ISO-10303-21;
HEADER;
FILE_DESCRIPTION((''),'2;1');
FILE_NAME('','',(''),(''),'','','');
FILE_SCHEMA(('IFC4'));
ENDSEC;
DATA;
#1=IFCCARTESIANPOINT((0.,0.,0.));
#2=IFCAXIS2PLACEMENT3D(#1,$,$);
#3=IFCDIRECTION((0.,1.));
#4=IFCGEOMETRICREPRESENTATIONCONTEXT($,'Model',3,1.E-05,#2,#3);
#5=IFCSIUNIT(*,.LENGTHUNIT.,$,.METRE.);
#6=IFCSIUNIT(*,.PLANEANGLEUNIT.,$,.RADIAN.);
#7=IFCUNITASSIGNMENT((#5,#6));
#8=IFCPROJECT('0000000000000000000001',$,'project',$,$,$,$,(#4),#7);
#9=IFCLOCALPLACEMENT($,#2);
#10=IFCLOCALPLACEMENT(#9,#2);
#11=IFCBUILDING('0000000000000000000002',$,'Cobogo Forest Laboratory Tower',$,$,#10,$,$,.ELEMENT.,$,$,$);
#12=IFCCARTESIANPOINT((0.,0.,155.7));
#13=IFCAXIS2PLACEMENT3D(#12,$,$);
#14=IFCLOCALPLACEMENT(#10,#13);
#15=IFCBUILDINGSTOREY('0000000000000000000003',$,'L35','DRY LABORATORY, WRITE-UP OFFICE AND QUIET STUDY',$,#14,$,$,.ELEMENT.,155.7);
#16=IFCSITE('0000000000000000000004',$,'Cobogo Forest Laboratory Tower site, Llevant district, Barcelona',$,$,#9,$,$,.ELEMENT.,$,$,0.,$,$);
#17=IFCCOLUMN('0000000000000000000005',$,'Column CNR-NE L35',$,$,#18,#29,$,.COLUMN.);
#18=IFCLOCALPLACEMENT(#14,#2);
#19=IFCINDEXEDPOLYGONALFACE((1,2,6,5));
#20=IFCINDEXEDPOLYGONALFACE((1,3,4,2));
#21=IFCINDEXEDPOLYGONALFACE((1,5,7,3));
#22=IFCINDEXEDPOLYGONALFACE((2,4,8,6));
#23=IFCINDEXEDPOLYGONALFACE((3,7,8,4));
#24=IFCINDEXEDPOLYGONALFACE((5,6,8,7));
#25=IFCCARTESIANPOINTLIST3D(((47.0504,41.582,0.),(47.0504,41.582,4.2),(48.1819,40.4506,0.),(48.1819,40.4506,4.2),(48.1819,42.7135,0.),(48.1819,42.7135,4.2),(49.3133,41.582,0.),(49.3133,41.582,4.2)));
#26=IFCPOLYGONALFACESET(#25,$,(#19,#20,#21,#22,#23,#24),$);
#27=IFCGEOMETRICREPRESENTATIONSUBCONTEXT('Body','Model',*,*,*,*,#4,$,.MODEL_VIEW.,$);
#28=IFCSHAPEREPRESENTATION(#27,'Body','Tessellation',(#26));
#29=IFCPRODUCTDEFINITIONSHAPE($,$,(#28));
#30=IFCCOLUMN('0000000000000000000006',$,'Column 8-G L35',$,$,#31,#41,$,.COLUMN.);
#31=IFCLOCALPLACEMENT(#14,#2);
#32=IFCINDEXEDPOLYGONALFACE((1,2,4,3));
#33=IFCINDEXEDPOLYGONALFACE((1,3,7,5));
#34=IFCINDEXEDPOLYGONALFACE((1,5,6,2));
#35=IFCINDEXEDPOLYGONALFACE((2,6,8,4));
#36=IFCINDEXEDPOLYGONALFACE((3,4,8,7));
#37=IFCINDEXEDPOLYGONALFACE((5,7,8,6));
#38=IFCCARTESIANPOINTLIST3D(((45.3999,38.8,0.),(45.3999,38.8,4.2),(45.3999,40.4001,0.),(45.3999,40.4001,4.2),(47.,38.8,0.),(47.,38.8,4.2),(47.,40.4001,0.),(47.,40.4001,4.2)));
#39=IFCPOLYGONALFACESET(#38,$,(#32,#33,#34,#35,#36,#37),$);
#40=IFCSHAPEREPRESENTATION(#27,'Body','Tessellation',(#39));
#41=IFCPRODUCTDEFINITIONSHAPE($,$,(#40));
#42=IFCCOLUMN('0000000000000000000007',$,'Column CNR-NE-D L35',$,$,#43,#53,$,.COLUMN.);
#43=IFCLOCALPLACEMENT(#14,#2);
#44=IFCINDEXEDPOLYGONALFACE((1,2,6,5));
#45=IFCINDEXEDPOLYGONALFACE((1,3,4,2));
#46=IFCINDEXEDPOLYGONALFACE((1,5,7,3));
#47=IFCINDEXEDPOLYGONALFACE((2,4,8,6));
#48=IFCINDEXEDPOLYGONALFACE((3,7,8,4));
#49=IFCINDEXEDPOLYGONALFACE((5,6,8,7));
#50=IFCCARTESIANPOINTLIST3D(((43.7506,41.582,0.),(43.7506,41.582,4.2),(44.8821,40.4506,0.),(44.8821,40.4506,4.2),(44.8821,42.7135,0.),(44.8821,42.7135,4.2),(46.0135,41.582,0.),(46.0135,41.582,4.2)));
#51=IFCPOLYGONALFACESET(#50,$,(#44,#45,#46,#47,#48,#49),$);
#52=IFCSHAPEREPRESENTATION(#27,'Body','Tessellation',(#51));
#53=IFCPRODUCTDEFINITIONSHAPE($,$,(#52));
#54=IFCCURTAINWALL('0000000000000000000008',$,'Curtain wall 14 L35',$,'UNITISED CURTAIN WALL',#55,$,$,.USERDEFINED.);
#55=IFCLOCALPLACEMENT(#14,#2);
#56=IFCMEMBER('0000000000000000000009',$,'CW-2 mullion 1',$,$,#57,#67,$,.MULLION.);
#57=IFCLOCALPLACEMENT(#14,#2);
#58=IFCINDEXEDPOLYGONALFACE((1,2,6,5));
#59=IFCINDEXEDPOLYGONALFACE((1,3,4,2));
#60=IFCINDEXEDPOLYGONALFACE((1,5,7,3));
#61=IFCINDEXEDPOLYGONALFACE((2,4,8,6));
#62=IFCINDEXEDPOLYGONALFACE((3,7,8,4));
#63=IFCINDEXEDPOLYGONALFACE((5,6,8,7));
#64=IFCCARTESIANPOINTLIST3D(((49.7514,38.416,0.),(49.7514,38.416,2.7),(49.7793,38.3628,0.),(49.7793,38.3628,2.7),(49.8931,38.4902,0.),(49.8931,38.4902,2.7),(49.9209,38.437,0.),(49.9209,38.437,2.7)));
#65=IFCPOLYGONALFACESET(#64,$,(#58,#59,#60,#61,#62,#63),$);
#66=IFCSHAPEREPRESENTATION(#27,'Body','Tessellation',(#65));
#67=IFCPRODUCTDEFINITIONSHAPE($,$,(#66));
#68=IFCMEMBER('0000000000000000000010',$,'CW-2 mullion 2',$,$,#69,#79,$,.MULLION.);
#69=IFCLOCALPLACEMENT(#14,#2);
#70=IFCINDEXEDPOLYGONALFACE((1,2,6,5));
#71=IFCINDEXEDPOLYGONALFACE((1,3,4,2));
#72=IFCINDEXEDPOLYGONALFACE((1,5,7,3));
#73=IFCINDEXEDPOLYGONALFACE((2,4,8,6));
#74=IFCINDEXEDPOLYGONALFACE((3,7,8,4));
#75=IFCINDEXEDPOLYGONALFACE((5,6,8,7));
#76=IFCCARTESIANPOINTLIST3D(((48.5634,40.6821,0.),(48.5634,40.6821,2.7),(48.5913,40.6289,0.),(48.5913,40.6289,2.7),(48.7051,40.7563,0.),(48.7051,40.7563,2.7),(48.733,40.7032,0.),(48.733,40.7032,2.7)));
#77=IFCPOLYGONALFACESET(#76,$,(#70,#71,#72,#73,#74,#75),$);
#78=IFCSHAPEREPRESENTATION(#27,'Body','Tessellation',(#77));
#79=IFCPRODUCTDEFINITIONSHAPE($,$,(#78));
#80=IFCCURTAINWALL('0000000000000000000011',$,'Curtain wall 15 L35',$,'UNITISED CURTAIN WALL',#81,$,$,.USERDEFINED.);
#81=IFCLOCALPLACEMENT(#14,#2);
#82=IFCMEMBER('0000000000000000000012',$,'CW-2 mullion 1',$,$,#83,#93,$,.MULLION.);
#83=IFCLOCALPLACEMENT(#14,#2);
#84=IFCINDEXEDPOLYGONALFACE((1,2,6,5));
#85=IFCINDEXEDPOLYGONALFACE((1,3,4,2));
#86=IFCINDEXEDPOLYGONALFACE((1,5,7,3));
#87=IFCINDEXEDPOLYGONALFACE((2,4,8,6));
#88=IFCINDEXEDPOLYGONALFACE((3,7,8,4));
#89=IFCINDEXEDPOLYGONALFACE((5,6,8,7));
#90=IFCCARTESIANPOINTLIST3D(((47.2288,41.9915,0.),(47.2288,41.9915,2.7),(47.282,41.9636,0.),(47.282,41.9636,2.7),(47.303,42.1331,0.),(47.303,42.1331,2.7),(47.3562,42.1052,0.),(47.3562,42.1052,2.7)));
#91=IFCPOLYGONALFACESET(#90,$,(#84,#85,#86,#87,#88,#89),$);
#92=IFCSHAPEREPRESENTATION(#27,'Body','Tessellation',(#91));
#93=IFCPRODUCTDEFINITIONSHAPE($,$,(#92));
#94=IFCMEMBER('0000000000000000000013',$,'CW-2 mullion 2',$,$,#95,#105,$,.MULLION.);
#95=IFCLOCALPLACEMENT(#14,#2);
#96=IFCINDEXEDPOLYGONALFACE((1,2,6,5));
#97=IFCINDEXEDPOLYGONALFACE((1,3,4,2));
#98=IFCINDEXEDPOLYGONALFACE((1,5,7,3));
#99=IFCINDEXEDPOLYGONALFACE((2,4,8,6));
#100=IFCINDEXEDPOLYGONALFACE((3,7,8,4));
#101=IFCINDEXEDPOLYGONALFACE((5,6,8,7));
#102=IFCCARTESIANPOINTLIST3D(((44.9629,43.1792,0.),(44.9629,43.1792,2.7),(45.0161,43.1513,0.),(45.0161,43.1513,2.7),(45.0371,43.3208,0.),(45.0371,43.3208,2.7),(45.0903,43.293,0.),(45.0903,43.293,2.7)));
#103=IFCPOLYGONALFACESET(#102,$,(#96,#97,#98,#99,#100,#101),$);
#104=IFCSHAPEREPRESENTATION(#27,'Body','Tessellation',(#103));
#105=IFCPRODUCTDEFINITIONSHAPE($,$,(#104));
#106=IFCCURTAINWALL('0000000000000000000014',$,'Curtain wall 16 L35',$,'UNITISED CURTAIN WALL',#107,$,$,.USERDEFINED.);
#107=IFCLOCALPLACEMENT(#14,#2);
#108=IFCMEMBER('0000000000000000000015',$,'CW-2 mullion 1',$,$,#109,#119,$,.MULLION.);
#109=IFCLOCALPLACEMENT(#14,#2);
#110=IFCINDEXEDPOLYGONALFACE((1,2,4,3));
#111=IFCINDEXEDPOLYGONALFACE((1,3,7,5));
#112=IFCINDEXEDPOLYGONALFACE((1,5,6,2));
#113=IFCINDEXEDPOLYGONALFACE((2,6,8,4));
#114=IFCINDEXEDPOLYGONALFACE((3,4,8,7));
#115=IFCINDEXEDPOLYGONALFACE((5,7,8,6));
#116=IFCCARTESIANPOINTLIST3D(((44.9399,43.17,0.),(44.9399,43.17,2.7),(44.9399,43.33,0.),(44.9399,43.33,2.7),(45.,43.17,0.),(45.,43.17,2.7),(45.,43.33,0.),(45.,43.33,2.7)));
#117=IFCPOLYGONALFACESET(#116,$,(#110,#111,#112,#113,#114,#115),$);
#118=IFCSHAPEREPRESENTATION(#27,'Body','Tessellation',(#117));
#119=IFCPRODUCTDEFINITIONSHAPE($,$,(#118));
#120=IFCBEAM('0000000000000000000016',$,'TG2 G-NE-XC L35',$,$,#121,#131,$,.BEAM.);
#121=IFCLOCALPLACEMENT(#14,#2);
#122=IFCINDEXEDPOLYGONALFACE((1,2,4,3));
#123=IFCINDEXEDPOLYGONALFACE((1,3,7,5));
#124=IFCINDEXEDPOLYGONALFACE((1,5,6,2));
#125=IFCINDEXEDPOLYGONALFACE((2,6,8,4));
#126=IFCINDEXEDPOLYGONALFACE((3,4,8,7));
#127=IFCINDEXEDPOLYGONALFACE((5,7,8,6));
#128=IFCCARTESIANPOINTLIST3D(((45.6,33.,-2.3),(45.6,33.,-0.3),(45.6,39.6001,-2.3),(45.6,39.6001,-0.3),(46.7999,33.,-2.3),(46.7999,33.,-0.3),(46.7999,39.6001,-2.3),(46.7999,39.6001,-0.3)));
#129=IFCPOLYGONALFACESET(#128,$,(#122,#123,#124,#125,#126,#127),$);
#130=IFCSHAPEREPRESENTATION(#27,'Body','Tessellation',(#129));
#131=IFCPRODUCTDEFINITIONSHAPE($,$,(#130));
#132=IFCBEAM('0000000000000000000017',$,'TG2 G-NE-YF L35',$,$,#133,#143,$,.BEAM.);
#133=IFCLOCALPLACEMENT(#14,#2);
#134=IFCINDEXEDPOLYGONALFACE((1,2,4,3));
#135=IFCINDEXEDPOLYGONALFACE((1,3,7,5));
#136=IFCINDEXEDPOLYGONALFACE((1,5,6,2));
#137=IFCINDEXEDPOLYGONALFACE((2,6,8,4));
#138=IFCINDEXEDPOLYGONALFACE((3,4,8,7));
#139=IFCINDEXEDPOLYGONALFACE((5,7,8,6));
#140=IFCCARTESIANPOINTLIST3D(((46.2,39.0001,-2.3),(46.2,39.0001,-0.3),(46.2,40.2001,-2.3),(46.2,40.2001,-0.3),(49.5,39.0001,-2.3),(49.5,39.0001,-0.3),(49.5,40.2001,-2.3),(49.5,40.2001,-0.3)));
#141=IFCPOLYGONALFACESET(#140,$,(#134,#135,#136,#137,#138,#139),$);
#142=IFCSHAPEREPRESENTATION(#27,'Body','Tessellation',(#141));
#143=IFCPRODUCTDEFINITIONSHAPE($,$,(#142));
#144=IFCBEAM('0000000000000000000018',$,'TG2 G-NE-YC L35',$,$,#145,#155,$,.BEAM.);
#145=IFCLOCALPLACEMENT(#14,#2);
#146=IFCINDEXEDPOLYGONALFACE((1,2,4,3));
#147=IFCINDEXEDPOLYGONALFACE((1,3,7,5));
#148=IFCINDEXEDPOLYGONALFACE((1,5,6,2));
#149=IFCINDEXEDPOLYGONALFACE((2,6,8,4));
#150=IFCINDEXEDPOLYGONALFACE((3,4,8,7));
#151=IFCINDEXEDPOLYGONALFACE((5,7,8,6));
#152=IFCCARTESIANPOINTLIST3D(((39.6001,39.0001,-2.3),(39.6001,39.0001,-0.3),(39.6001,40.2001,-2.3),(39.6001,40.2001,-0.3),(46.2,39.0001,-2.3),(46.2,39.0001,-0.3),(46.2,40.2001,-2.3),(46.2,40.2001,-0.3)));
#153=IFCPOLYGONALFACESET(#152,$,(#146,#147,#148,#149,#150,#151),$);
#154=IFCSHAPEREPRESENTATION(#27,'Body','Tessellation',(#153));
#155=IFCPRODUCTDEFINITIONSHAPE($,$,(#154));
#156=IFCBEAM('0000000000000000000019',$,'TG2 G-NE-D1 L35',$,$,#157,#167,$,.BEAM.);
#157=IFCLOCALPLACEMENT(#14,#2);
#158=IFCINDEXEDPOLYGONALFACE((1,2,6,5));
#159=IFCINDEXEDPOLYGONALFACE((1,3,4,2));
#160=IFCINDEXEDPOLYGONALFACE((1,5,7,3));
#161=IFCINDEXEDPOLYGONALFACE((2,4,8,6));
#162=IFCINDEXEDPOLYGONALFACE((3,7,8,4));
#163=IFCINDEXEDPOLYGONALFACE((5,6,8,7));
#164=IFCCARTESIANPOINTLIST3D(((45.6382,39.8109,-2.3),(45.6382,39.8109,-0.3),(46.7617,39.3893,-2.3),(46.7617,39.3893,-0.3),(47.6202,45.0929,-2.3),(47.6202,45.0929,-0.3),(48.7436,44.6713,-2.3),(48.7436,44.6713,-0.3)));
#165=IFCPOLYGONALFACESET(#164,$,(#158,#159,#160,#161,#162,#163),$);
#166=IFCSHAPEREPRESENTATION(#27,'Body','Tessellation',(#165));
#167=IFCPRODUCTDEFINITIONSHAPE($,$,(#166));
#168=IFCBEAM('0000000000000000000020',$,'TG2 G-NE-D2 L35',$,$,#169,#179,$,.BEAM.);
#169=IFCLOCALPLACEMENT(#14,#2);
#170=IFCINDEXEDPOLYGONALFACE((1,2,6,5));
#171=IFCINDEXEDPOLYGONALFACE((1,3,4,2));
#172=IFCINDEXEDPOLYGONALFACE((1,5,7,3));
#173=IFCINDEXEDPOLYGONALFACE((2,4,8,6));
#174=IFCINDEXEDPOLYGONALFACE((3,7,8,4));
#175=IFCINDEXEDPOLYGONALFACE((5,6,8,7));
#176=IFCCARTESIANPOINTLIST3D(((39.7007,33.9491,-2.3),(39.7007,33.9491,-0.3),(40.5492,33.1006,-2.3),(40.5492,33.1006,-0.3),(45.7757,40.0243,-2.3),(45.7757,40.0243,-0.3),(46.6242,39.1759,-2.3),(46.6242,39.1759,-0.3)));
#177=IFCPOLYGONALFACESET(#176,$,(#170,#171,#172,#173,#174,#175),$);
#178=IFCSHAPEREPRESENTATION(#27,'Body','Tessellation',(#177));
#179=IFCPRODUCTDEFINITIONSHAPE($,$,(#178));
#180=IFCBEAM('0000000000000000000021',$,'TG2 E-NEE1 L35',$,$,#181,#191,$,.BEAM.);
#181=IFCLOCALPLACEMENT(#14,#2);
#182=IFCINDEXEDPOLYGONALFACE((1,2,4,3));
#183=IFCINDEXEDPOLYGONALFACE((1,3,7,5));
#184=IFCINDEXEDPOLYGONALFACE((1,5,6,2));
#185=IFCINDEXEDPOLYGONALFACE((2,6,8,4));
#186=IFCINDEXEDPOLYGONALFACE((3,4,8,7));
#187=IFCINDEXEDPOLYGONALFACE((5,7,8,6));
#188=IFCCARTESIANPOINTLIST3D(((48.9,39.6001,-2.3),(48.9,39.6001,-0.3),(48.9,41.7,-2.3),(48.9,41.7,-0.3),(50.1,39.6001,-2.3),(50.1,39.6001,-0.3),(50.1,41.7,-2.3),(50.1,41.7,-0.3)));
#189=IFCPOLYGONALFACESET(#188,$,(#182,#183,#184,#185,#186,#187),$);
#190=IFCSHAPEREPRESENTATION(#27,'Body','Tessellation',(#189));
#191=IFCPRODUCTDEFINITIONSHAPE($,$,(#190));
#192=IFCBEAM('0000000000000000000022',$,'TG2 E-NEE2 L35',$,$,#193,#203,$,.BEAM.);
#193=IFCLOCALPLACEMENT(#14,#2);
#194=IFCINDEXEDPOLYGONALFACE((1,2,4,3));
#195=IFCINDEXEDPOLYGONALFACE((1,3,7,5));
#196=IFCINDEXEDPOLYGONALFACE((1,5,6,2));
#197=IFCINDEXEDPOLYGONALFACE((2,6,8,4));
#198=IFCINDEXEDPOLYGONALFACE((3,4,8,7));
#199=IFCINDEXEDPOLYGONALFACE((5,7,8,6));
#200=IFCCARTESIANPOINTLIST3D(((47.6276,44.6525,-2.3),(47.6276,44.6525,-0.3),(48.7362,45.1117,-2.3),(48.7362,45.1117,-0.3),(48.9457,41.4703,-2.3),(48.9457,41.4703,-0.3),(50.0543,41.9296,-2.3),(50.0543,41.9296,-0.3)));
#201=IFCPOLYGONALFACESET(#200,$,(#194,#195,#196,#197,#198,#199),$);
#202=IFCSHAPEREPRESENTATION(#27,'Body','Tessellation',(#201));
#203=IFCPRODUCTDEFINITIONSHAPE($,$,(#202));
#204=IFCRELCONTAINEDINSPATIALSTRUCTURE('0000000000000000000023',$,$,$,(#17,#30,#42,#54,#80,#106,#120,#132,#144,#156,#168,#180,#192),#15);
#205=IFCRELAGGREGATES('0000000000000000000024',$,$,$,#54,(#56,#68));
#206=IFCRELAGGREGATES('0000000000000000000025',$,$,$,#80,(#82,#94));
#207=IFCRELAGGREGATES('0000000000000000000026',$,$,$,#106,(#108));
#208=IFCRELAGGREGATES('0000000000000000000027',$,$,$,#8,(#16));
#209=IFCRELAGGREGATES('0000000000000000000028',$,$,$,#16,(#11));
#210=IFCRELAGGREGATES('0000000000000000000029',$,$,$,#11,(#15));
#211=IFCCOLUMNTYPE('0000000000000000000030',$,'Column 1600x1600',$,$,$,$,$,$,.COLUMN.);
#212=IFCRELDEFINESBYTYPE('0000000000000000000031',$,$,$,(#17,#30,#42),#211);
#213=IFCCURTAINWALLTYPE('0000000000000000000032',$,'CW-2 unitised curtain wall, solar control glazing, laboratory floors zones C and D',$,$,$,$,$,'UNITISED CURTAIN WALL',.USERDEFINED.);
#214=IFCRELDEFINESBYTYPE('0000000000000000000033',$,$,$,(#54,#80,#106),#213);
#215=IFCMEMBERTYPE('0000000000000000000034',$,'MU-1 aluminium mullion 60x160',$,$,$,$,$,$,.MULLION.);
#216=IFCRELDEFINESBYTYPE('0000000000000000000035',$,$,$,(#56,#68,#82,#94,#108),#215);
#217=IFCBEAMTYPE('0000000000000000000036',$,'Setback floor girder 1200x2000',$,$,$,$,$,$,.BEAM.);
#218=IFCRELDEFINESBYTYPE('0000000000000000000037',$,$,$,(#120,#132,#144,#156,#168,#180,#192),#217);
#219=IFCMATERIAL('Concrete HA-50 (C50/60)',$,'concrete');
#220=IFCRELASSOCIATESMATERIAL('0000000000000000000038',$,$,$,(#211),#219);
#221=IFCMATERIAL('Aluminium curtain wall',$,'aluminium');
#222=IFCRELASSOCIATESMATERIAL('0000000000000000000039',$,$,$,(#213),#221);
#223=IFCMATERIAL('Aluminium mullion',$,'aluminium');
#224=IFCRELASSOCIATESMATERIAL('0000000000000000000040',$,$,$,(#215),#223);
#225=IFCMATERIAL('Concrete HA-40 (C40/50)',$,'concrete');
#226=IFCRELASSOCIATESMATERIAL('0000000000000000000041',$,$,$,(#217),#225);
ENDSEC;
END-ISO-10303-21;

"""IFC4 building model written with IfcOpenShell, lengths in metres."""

from ifc_helpers import new_model, si_unit, direction, frame, origin, origin_2d, place, context, subcontext, project, spatial, rectangle, extrude, material, material_profile, profile_set, type_object, element, aggregate, save


model = new_model("IFC4")

# Units and contexts
model_context = context("Model", 3, precision=1e-05, world=origin(), true_north=direction((0.0, 1.0)))
body_context = subcontext(model_context, "Body", "Model", "MODEL_VIEW")
ifc_project = project(units=[si_unit("LENGTHUNIT", "METRE"), si_unit("PLANEANGLEUNIT", "RADIAN")], contexts=[model_context])

# Site, building, storey
site_placement = place(None, origin())
site = spatial("IfcSite", under=ifc_project, at=site_placement, Name="Cobogo Forest Laboratory Tower site, Llevant district, Barcelona", CompositionType="ELEMENT", RefElevation=0.0)
building_placement = place(site_placement, origin())
building = spatial("IfcBuilding", under=site, at=building_placement, Name="Cobogo Forest Laboratory Tower", CompositionType="ELEMENT")
storey_placement = place(building_placement, frame((0.0, 0.0, 155.7)))
storey = spatial("IfcBuildingStorey", under=building, at=storey_placement, Name="L35", Description="DRY LABORATORY, WRITE-UP OFFICE AND QUIET STUDY", CompositionType="ELEMENT", Elevation=155.7)

# Columns
ifc_material_1 = material(Name="Concrete HA-50 (C50/60)", Category="concrete")
ifc_material_profile_1 = material_profile(ifc_material_1, rectangle(XDim=1.6001, YDim=1.6001, at=origin_2d()), Name="RC 1600x1600")
ifc_profile_set_1 = profile_set([ifc_material_profile_1], Name="Concrete HA-50 (C50/60)")
column_type = type_object("IfcColumnType", Name="Column 1600x1600", PredefinedType="COLUMN", material=ifc_profile_set_1)
for number, where, z_axis, x_axis, name in (
    (1, (48.1819, 41.582, 0.0), (0.0, 0.0, 1.0), (0.707107, 0.707107, 0.0), "Column CNR-NE L35"),
    (2, (46.2, 39.6001, 0.0), (0.0, 0.0, 1.0), (1.0, 0.0, 0.0), "Column 8-G L35"),
    (3, (44.8821, 41.582, 0.0), (0.0, 0.0, 1.0), (0.707107, 0.707107, 0.0), "Column CNR-NE-D L35"),
):
    element("IfcColumn", number, at=place(storey_placement, frame(where, z_axis=z_axis, x_axis=x_axis)), inside=storey, type_object=column_type, Name=name, PredefinedType="COLUMN", context=body_context, shape_type="SweptSolid", body=[
        extrude(rectangle(XDim=1.6001, YDim=1.6001, at=origin_2d()), origin(), (0.0, 0.0, 1.0), 4.2),
    ])

# Curtain walls, members
ifc_material_2 = material(Name="Aluminium curtain wall", Category="aluminium")
curtain_wall_type = type_object("IfcCurtainWallType", Name="CW-2 unitised curtain wall, solar control glazing, laboratory floors zones C and D", ElementType="UNITISED CURTAIN WALL", PredefinedType="USERDEFINED", material=ifc_material_2)
curtain_wall_1_placement = place(storey_placement, origin())
curtain_wall_1 = element("IfcCurtainWall", 4, at=curtain_wall_1_placement, inside=storey, type_object=curtain_wall_type, Name="Curtain wall 14 L35", ObjectType="UNITISED CURTAIN WALL", PredefinedType="USERDEFINED")
ifc_material_3 = material(Name="Aluminium mullion", Category="aluminium")
ifc_material_profile_2 = material_profile(ifc_material_3, rectangle(XDim=0.0601, YDim=0.1599, at=origin_2d()), Name="AL 60x160")
ifc_profile_set_2 = profile_set([ifc_material_profile_2], Name="Aluminium mullion")
member_type_1 = type_object("IfcMemberType", Name="MU-1 aluminium mullion 60x160", PredefinedType="MULLION", material=ifc_profile_set_2)
member_1_placement = place(storey_placement, frame((49.8362, 38.4265, 0.0), z_axis=(0.0, 0.0, 1.0), x_axis=(-0.464284, 0.885687, 0.0)))
member_1 = element("IfcMember", 5, at=member_1_placement, type_object=member_type_1, Name="CW-2 mullion 1", PredefinedType="MULLION", context=body_context, shape_type="SweptSolid", body=[
    extrude(rectangle(XDim=0.0601, YDim=0.1599, at=origin_2d()), origin(), (0.0, 0.0, 1.0), 2.7),
])
member_2_placement = place(storey_placement, frame((48.6482, 40.6926, 0.0), z_axis=(0.0, 0.0, 1.0), x_axis=(-0.464284, 0.885687, 0.0)))
member_2 = element("IfcMember", 6, at=member_2_placement, type_object=member_type_1, Name="CW-2 mullion 2", PredefinedType="MULLION", context=body_context, shape_type="SweptSolid", body=[
    extrude(rectangle(XDim=0.0601, YDim=0.1599, at=origin_2d()), origin(), (0.0, 0.0, 1.0), 2.7),
])
curtain_wall_2_placement = place(storey_placement, origin())
curtain_wall_2 = element("IfcCurtainWall", 7, at=curtain_wall_2_placement, inside=storey, type_object=curtain_wall_type, Name="Curtain wall 15 L35", ObjectType="UNITISED CURTAIN WALL", PredefinedType="USERDEFINED")
member_3_placement = place(storey_placement, frame((47.2925, 42.0483, 0.0), z_axis=(0.0, 0.0, 1.0), x_axis=(-0.885687, 0.464284, 0.0)))
member_3 = element("IfcMember", 8, at=member_3_placement, type_object=member_type_1, Name="CW-2 mullion 1", PredefinedType="MULLION", context=body_context, shape_type="SweptSolid", body=[
    extrude(rectangle(XDim=0.0601, YDim=0.1599, at=origin_2d()), origin(), (0.0, 0.0, 1.0), 2.7),
])
member_4_placement = place(storey_placement, frame((45.0266, 43.2361, 0.0), z_axis=(0.0, 0.0, 1.0), x_axis=(-0.885687, 0.464284, 0.0)))
member_4 = element("IfcMember", 9, at=member_4_placement, type_object=member_type_1, Name="CW-2 mullion 2", PredefinedType="MULLION", context=body_context, shape_type="SweptSolid", body=[
    extrude(rectangle(XDim=0.0601, YDim=0.1599, at=origin_2d()), origin(), (0.0, 0.0, 1.0), 2.7),
])

# Curtain wall, member
curtain_wall_3_placement = place(storey_placement, origin())
curtain_wall_3 = element("IfcCurtainWall", 10, at=curtain_wall_3_placement, inside=storey, type_object=curtain_wall_type, Name="Curtain wall 16 L35", ObjectType="UNITISED CURTAIN WALL", PredefinedType="USERDEFINED")
member_5_placement = place(storey_placement, frame((44.97, 43.25, 0.0), z_axis=(0.0, 0.0, 1.0), x_axis=(-1.0, 0.0, 0.0)))
member_5 = element("IfcMember", 11, at=member_5_placement, type_object=member_type_1, Name="CW-2 mullion 1", PredefinedType="MULLION", context=body_context, shape_type="SweptSolid", body=[
    extrude(rectangle(XDim=0.0601, YDim=0.1599, at=origin_2d()), origin(), (0.0, 0.0, 1.0), 2.7),
])

# Beams
ifc_material_4 = material(Name="Concrete HA-40 (C40/50)", Category="concrete")
ifc_material_profile_3 = material_profile(ifc_material_4, rectangle(XDim=1.2, YDim=2.0, at=origin_2d()), Name="RC 1200x2000")
ifc_profile_set_3 = profile_set([ifc_material_profile_3], Name="Concrete HA-40 (C40/50)")
beam_type = type_object("IfcBeamType", Name="Setback floor girder 1200x2000", PredefinedType="BEAM", material=ifc_profile_set_3)
beam_1_placement = place(storey_placement, frame((46.2, 39.6001, -1.3), z_axis=(0.0, -1.0, 0.0), x_axis=(1.0, 0.0, 0.0)))
element("IfcBeam", 12, at=beam_1_placement, inside=storey, type_object=beam_type, Name="TG2 G-NE-XC L35", PredefinedType="BEAM", context=body_context, shape_type="SweptSolid", body=[
    extrude(rectangle(XDim=1.2, YDim=2.0, at=origin_2d()), origin(), (0.0, 0.0, 1.0), 6.6001),
])
beam_2_placement = place(storey_placement, frame((49.5, 39.6001, -1.3), z_axis=(-1.0, 0.0, 0.0), x_axis=(0.0, -1.0, 0.0)))
element("IfcBeam", 13, at=beam_2_placement, inside=storey, type_object=beam_type, Name="TG2 G-NE-YF L35", PredefinedType="BEAM", context=body_context, shape_type="SweptSolid", body=[
    extrude(rectangle(XDim=1.2, YDim=2.0, at=origin_2d()), origin(), (0.0, 0.0, 1.0), 3.3),
])
beam_3_placement = place(storey_placement, frame((46.2, 39.6001, -1.3), z_axis=(-1.0, 0.0, 0.0), x_axis=(0.0, -1.0, 0.0)))
element("IfcBeam", 14, at=beam_3_placement, inside=storey, type_object=beam_type, Name="TG2 G-NE-YC L35", PredefinedType="BEAM", context=body_context, shape_type="SweptSolid", body=[
    extrude(rectangle(XDim=1.2, YDim=2.0, at=origin_2d()), origin(), (0.0, 0.0, 1.0), 6.5999),
])
beam_4_placement = place(storey_placement, frame((48.1819, 44.8821, -1.3), z_axis=(-0.351308, -0.93626, 0.0), x_axis=(0.93626, -0.351308, 0.0)))
element("IfcBeam", 15, at=beam_4_placement, inside=storey, type_object=beam_type, Name="TG2 G-NE-D1 L35", PredefinedType="BEAM", context=body_context, shape_type="SweptSolid", body=[
    extrude(rectangle(XDim=1.2, YDim=2.0, at=origin_2d()), origin(), (0.0, 0.0, 1.0), 5.6416),
])
beam_5_placement = place(storey_placement, frame((46.2, 39.6001, -1.3), z_axis=(-0.707093, -0.707121, 0.0), x_axis=(0.707121, -0.707093, 0.0)))
element("IfcBeam", 16, at=beam_5_placement, inside=storey, type_object=beam_type, Name="TG2 G-NE-D2 L35", PredefinedType="BEAM", context=body_context, shape_type="SweptSolid", body=[
    extrude(rectangle(XDim=1.2, YDim=2.0, at=origin_2d()), origin(), (0.0, 0.0, 1.0), 8.5916),
])
beam_6_placement = place(storey_placement, frame((49.5, 39.6001, -1.3), z_axis=(0.0, 1.0, 0.0), x_axis=(-1.0, 0.0, 0.0)))
element("IfcBeam", 17, at=beam_6_placement, inside=storey, type_object=beam_type, Name="TG2 E-NEE1 L35", PredefinedType="BEAM", context=body_context, shape_type="SweptSolid", body=[
    extrude(rectangle(XDim=1.2, YDim=2.0, at=origin_2d()), origin(), (0.0, 0.0, 1.0), 2.0999),
])
beam_7_placement = place(storey_placement, frame((49.5, 41.7, -1.3), z_axis=(-0.382692, 0.923876, 0.0), x_axis=(-0.923876, -0.382692, 0.0)))
element("IfcBeam", 18, at=beam_7_placement, inside=storey, type_object=beam_type, Name="TG2 E-NEE2 L35", PredefinedType="BEAM", context=body_context, shape_type="SweptSolid", body=[
    extrude(rectangle(XDim=1.2, YDim=2.0, at=origin_2d()), origin(), (0.0, 0.0, 1.0), 3.4443),
])

aggregate(curtain_wall_1, [member_1, member_2])
aggregate(curtain_wall_2, [member_3, member_4])
aggregate(curtain_wall_3, [member_5])

save(model, "model.ifc")
